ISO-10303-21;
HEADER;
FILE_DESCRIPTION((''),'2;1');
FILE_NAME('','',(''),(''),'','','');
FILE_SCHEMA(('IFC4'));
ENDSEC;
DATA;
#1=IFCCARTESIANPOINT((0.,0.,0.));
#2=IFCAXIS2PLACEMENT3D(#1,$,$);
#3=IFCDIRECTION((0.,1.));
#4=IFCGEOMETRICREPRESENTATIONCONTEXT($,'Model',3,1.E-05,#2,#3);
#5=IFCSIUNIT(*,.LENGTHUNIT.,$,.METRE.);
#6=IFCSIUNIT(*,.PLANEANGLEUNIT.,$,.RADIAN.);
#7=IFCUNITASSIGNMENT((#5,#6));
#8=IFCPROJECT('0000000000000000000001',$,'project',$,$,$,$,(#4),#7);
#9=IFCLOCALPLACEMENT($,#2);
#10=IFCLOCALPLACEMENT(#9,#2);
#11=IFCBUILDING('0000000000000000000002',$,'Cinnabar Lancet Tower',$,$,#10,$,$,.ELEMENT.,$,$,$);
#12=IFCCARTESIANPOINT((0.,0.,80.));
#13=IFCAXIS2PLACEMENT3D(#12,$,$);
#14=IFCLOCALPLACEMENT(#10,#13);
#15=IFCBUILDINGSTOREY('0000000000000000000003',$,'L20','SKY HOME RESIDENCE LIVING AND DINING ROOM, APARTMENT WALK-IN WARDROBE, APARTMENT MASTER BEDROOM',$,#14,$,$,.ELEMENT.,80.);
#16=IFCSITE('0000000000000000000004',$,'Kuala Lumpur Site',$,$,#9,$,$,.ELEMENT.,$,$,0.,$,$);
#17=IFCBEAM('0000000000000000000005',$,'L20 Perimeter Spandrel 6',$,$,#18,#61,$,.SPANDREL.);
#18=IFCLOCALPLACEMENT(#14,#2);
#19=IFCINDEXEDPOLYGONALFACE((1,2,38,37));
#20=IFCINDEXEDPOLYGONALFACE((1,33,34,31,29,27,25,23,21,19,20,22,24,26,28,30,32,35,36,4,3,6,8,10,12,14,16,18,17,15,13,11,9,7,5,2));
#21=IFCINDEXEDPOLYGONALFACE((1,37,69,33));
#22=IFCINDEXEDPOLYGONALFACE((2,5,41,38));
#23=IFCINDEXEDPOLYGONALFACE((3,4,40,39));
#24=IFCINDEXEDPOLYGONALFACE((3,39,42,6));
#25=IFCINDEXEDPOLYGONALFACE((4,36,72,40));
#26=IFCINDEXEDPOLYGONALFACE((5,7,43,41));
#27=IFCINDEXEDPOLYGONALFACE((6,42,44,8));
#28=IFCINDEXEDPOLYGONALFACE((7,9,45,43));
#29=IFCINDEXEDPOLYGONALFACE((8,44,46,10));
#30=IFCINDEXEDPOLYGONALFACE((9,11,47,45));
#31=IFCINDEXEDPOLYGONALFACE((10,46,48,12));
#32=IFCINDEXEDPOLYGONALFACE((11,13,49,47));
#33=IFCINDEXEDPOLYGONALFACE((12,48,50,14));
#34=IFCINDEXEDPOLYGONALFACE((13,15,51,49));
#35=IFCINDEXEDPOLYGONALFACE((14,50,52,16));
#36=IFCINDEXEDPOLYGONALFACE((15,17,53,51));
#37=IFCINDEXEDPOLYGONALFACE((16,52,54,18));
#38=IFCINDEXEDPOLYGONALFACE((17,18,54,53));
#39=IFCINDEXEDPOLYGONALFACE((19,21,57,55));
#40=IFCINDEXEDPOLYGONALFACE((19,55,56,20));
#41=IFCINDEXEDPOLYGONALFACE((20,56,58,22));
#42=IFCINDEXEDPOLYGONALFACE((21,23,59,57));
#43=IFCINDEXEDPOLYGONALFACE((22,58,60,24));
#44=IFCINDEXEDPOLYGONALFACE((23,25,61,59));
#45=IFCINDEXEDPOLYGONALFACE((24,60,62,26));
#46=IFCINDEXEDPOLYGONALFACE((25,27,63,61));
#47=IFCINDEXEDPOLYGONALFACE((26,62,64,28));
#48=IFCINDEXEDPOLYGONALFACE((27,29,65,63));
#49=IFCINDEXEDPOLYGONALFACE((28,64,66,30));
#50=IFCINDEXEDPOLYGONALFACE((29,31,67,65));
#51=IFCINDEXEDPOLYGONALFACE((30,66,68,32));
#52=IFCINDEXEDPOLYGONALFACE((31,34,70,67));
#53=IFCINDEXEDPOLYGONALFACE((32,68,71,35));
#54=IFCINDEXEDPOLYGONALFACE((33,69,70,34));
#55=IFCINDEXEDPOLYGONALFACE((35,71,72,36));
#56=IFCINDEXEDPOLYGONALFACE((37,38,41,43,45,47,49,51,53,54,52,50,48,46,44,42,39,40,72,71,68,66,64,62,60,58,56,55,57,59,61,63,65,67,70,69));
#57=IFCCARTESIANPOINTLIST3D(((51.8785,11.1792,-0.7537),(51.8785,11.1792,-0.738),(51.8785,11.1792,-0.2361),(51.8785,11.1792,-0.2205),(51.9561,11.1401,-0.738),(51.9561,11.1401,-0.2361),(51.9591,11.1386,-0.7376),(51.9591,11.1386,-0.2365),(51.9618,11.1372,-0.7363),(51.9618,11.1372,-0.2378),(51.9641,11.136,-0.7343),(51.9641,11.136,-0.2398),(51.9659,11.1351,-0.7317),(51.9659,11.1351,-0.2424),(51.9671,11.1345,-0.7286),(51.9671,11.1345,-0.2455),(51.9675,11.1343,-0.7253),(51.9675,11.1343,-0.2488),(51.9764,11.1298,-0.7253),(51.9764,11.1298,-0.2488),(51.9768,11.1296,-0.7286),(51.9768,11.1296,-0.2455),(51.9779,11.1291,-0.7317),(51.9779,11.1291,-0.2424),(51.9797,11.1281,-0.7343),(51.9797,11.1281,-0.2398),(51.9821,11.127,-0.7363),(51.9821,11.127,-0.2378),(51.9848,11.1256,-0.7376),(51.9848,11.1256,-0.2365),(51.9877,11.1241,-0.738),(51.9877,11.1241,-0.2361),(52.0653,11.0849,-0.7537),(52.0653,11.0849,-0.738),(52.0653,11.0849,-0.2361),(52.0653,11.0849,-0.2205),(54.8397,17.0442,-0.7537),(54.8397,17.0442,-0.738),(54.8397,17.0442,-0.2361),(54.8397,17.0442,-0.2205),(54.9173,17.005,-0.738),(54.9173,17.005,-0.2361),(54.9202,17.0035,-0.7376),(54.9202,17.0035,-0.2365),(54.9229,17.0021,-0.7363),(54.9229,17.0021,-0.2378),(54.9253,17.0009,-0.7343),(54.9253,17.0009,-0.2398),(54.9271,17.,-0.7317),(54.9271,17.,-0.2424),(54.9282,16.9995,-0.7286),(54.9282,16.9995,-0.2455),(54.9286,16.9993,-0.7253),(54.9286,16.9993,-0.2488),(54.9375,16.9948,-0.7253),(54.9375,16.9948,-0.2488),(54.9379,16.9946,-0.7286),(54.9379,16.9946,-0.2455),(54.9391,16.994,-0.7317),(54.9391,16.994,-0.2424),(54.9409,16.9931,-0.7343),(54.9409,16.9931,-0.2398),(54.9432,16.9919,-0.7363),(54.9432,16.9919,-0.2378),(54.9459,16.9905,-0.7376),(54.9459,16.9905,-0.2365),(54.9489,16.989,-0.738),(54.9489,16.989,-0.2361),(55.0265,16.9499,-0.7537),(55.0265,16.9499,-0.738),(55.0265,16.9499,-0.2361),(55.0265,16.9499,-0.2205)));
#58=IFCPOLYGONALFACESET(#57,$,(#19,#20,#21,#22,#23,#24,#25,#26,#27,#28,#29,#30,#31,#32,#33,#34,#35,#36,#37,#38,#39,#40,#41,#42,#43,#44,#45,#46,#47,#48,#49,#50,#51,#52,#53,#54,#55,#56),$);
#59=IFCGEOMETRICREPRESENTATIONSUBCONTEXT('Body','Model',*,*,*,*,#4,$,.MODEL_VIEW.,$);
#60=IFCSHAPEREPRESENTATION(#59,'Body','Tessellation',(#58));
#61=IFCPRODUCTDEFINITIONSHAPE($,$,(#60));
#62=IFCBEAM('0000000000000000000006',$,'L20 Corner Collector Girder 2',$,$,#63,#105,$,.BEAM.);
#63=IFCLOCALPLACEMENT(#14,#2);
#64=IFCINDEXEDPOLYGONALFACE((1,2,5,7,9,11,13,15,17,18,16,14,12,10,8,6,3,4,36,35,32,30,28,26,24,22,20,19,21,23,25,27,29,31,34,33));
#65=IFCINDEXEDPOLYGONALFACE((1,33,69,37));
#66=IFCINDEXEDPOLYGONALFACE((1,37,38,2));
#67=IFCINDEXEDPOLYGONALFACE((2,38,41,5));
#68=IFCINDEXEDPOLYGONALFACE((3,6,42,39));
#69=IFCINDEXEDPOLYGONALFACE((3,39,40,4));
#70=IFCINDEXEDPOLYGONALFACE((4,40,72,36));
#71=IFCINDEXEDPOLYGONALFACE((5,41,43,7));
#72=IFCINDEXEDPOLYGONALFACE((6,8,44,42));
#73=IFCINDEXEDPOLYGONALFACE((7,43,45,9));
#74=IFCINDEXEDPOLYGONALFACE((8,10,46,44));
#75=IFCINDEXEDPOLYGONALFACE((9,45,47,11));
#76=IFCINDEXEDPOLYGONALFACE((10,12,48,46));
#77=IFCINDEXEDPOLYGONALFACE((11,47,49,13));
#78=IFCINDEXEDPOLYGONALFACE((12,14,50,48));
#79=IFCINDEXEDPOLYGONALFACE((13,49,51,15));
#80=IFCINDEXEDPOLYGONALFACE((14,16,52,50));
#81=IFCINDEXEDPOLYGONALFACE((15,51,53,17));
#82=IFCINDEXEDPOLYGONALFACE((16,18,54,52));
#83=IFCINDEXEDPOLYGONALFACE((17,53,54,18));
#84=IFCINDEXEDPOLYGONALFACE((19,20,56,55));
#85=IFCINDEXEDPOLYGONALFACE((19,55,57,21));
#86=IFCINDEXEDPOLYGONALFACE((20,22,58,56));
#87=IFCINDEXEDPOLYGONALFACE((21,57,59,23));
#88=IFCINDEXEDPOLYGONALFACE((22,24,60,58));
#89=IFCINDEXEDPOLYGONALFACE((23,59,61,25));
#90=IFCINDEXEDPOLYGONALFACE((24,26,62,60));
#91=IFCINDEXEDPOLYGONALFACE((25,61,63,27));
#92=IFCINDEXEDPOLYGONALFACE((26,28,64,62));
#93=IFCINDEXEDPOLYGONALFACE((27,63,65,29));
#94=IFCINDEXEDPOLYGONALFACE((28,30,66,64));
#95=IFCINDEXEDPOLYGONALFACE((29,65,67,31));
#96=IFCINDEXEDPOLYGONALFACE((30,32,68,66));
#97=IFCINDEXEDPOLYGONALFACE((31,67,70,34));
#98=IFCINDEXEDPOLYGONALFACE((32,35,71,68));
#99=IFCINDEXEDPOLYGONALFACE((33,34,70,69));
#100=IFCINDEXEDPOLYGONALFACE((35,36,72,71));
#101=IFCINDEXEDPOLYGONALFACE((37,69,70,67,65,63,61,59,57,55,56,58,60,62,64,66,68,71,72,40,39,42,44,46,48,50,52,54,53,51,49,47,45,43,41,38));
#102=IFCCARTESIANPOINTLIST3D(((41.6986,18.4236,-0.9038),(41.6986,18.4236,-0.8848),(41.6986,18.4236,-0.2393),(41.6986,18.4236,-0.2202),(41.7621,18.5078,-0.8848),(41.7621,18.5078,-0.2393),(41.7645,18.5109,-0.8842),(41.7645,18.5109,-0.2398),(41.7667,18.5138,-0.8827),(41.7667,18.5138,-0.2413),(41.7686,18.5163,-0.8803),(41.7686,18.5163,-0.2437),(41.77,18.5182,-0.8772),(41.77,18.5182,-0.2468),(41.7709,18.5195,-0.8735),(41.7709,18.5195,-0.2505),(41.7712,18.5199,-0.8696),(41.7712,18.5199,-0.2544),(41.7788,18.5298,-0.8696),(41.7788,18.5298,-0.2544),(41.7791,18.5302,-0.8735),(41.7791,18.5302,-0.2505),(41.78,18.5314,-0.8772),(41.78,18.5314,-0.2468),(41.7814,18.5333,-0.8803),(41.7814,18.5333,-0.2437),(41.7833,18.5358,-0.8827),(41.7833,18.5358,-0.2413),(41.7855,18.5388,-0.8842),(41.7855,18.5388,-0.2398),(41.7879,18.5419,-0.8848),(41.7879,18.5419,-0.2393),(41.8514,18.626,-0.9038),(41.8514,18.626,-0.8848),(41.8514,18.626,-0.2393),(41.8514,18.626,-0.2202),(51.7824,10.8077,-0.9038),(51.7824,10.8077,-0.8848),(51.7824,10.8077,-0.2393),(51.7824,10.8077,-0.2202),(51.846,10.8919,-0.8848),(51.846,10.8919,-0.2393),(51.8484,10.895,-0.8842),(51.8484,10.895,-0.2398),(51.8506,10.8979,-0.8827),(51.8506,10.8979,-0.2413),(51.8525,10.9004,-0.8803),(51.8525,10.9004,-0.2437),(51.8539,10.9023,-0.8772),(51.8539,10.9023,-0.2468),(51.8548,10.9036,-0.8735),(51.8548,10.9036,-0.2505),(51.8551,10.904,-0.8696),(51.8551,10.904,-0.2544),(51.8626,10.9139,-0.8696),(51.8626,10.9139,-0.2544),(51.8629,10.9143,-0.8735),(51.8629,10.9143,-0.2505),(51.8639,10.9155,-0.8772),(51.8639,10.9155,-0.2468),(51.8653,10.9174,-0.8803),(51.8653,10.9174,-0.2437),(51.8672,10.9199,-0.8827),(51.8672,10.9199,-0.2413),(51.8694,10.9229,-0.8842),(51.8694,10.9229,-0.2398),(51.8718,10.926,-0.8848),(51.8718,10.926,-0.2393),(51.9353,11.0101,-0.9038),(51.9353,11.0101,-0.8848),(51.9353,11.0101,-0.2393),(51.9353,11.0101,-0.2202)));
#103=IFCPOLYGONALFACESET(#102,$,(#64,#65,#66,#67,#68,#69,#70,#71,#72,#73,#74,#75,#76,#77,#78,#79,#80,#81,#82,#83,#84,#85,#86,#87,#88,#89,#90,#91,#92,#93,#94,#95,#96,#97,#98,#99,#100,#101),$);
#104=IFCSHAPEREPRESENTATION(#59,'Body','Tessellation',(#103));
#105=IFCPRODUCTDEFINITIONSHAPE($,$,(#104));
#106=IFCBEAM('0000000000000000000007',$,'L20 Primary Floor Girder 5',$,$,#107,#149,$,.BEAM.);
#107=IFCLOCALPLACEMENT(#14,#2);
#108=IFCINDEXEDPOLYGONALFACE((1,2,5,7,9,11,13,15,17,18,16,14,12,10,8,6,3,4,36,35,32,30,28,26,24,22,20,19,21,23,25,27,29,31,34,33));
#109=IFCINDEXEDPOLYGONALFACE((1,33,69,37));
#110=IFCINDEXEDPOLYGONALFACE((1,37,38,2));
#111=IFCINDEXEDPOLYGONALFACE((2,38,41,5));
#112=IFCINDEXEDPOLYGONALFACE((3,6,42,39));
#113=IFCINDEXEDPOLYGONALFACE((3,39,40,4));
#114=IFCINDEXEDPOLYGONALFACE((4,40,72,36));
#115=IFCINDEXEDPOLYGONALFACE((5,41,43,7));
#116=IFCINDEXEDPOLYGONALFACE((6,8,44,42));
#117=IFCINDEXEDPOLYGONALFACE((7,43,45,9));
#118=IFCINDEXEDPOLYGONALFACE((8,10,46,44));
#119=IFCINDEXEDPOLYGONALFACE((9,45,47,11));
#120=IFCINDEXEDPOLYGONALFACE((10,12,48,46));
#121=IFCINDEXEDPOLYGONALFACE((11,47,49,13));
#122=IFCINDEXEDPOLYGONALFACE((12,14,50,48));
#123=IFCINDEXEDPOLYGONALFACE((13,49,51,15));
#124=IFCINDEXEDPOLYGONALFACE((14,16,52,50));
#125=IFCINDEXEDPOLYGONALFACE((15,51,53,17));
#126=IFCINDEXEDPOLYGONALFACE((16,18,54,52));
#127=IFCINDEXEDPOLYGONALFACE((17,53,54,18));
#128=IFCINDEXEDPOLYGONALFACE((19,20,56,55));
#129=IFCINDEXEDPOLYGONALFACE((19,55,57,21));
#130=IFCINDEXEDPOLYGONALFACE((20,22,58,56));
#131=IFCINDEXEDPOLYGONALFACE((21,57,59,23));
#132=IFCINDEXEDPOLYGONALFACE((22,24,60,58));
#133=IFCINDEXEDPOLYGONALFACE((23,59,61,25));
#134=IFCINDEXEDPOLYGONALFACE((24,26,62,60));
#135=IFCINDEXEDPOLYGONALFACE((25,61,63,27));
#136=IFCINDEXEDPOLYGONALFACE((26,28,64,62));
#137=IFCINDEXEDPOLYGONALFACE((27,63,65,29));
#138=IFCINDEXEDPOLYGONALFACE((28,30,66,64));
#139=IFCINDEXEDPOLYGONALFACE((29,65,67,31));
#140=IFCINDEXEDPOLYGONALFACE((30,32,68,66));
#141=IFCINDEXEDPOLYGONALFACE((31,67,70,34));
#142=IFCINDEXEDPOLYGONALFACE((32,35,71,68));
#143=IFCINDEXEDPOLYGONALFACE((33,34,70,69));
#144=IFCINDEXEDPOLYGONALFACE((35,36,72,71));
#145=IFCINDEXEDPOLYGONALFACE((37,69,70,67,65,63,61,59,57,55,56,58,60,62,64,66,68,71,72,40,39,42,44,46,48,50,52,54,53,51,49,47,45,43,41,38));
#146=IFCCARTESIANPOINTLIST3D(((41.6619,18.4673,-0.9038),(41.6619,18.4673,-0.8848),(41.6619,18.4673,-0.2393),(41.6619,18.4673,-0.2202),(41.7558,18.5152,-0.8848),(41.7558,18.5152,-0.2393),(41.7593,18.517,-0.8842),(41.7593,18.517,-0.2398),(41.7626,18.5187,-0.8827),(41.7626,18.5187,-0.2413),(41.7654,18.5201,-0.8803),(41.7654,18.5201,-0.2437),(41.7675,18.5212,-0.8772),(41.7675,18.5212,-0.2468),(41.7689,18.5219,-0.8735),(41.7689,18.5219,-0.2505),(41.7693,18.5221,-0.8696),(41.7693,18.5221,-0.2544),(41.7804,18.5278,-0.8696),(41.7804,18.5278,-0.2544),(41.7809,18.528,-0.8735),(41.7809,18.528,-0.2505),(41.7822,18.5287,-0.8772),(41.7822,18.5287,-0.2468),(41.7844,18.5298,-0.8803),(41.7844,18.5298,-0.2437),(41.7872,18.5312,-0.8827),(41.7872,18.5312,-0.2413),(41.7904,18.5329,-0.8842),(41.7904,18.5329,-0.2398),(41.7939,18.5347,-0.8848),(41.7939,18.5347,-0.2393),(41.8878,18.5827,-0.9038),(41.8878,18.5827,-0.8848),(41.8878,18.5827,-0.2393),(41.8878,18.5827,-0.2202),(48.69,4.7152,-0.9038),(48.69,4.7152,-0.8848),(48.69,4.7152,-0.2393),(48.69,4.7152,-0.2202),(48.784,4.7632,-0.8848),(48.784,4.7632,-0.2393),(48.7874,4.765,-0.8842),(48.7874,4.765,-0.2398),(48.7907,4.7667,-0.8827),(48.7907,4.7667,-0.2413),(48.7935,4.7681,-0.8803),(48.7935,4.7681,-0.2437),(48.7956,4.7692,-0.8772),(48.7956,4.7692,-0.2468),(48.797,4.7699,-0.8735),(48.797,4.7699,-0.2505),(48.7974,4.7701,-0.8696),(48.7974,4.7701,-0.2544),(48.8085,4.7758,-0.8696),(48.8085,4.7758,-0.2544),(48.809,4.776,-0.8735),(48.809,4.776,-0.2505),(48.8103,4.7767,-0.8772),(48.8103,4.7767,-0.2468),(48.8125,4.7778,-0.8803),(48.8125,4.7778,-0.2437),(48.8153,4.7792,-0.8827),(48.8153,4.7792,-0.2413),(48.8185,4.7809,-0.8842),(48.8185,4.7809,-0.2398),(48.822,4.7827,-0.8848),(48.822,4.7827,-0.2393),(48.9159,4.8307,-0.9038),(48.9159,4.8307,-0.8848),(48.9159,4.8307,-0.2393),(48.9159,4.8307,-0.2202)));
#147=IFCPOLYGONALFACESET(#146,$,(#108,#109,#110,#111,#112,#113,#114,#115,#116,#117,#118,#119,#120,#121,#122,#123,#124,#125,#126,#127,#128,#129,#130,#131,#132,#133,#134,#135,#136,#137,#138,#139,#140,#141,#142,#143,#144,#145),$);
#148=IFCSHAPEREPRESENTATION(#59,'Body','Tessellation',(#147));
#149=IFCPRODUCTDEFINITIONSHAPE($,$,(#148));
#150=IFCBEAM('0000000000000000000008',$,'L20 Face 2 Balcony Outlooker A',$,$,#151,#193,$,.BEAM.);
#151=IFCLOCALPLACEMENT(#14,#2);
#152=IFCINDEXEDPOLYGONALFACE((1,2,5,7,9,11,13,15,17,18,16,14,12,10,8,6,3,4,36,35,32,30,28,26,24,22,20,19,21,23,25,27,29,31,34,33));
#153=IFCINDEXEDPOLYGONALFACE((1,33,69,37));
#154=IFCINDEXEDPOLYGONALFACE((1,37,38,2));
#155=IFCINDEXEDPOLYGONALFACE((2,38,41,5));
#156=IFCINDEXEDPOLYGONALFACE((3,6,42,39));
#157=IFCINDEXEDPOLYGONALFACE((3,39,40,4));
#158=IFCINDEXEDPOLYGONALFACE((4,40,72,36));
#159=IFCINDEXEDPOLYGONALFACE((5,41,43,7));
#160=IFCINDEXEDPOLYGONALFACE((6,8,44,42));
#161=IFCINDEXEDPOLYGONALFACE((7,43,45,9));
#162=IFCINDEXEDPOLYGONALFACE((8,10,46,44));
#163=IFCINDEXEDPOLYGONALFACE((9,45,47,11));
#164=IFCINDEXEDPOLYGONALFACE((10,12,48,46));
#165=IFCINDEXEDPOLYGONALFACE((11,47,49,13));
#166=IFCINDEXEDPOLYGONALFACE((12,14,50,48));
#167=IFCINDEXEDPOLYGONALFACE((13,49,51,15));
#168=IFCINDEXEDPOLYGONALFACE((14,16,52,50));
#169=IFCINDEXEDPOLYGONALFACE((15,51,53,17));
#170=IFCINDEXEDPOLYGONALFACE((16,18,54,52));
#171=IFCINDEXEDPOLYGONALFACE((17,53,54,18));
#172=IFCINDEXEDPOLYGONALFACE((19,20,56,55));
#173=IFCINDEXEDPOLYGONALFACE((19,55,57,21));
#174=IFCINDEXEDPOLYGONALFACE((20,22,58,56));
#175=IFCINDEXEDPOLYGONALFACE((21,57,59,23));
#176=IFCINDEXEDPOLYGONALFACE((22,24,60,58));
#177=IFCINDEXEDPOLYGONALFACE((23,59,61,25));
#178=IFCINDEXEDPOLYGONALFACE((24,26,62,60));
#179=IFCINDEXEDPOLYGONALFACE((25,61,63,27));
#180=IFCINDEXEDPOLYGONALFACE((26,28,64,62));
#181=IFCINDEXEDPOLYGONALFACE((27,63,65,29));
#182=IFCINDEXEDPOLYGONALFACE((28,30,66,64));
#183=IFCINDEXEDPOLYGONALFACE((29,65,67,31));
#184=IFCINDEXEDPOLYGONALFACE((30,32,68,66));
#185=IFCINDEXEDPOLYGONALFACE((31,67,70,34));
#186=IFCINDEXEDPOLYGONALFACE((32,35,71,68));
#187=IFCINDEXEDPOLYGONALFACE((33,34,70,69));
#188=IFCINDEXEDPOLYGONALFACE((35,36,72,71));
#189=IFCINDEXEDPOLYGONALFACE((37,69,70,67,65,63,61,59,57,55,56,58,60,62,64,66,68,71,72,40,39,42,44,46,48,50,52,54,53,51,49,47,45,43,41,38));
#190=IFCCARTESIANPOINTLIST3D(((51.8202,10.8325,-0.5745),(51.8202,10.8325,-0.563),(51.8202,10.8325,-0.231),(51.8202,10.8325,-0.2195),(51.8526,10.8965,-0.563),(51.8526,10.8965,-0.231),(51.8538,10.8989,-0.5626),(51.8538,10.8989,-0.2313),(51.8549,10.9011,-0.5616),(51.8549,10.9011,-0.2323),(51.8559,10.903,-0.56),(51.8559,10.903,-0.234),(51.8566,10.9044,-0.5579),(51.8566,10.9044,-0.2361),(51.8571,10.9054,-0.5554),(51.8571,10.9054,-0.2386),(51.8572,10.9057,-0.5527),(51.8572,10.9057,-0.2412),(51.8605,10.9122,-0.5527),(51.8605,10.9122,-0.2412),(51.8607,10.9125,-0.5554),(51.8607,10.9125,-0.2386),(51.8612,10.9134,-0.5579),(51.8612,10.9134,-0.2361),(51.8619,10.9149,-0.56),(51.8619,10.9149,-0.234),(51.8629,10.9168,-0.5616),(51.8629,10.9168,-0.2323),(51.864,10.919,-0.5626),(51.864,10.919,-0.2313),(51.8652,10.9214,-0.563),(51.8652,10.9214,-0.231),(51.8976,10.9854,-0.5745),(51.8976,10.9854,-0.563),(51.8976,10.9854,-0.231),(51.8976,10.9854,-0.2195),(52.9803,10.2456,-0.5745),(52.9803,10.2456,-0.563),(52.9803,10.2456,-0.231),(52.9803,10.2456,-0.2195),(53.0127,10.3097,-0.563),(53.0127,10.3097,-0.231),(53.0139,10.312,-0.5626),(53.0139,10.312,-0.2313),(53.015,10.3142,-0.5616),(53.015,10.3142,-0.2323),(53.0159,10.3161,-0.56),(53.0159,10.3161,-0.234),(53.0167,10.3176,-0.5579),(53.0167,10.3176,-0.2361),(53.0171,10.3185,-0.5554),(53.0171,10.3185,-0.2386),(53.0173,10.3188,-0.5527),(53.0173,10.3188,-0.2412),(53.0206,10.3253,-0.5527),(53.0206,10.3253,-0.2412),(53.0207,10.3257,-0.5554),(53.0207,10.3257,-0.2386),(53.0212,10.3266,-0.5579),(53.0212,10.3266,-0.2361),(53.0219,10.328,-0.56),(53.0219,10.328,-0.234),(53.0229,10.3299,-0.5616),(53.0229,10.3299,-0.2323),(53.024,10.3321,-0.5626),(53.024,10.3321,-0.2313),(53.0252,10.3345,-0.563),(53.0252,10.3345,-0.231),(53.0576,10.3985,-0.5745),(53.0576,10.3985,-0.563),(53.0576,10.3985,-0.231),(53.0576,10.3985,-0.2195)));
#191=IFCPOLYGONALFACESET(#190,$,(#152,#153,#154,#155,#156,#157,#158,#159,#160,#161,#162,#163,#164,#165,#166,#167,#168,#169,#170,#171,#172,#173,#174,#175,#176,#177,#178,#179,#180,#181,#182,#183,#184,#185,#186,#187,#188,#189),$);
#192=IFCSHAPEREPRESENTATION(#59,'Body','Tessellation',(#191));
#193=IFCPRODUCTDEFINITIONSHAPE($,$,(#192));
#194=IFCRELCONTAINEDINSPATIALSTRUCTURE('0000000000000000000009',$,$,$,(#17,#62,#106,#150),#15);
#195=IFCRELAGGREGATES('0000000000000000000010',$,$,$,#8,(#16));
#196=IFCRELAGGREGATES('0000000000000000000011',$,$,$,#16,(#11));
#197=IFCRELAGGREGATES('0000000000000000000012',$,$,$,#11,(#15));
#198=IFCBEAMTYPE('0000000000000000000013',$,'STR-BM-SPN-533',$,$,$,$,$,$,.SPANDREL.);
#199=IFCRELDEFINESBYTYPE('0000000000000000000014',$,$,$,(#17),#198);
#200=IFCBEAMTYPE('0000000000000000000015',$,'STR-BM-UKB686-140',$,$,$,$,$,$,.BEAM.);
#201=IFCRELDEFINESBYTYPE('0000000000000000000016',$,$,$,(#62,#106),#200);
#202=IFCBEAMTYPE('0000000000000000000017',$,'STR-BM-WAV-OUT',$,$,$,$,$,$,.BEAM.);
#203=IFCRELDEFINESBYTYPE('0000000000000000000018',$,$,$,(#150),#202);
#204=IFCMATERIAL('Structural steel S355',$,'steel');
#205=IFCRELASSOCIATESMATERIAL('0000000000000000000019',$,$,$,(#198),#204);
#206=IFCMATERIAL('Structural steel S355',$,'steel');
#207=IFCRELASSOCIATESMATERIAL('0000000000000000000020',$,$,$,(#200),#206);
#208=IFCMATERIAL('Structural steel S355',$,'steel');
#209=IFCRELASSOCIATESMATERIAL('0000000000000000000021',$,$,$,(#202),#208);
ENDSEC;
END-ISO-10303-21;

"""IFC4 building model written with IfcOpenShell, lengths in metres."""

from ifc_helpers import new_model, si_unit, direction, frame, origin, origin_2d, place, context, subcontext, project, spatial, i_section, extrude, material, material_profile, profile_set, type_object, element, save


model = new_model("IFC4")

# Units and contexts
model_context = context("Model", 3, precision=1e-05, world=origin(), true_north=direction((0.0, 1.0)))
body_context = subcontext(model_context, "Body", "Model", "MODEL_VIEW")
ifc_project = project(units=[si_unit("LENGTHUNIT", "METRE"), si_unit("PLANEANGLEUNIT", "RADIAN")], contexts=[model_context])

# Site, building, storey
site_placement = place(None, origin())
site = spatial("IfcSite", under=ifc_project, at=site_placement, Name="Kuala Lumpur Site", CompositionType="ELEMENT", RefElevation=0.0)
building_placement = place(site_placement, origin())
building = spatial("IfcBuilding", under=site, at=building_placement, Name="Cinnabar Lancet Tower", CompositionType="ELEMENT")
storey_placement = place(building_placement, frame((0.0, 0.0, 80.0)))
storey = spatial("IfcBuildingStorey", under=building, at=storey_placement, Name="L20", Description="SKY HOME RESIDENCE LIVING AND DINING ROOM, APARTMENT WALK-IN WARDROBE, APARTMENT MASTER BEDROOM", CompositionType="ELEMENT", Elevation=80.0)

# Beams
ifc_material_1 = material(Name="Structural steel S355", Category="steel")
ifc_material_profile_1 = material_profile(ifc_material_1, i_section(OverallWidth=0.2092, OverallDepth=0.5332, WebThickness=0.01, FlangeThickness=0.0156, FilletRadius=0.0127, at=origin_2d()), Name="UKB 533x210x92")
ifc_profile_set_1 = profile_set([ifc_material_profile_1], Name="Structural steel S355")
beam_type_1 = type_object("IfcBeamType", Name="STR-BM-SPN-533", PredefinedType="SPANDREL", material=ifc_profile_set_1)
beam_1_placement = place(storey_placement, frame((51.9719, 11.1321, -0.4871), z_axis=(0.450703, 0.892674, 0.0), x_axis=(-0.892674, 0.450703, 0.0)))
element("IfcBeam", 1, at=beam_1_placement, inside=storey, type_object=beam_type_1, Name="L20 Perimeter Spandrel 6", PredefinedType="SPANDREL", context=body_context, shape_type="SweptSolid", body=[
    extrude(i_section(OverallWidth=0.2092, OverallDepth=0.5332, WebThickness=0.01, FlangeThickness=0.0156, FilletRadius=0.0127, at=origin_2d()), origin(), (0.0, 0.0, 1.0), 6.5701),
])
ifc_material_2 = material(Name="Structural steel S355", Category="steel")
ifc_material_profile_2 = material_profile(ifc_material_2, i_section(OverallWidth=0.2537, OverallDepth=0.6836, WebThickness=0.0125, FlangeThickness=0.019, FilletRadius=0.0151, at=origin_2d()), Name="UKB 686x254x140")
ifc_profile_set_2 = profile_set([ifc_material_profile_2], Name="Structural steel S355")
beam_type_2 = type_object("IfcBeamType", Name="STR-BM-UKB686-140", PredefinedType="BEAM", material=ifc_profile_set_2)
beam_2_placement = place(storey_placement, frame((51.8589, 10.9089, -0.562), z_axis=(-0.797983, 0.60268, 0.0), x_axis=(-0.60268, -0.797983, 0.0)))
element("IfcBeam", 2, at=beam_2_placement, inside=storey, type_object=beam_type_2, Name="L20 Corner Collector Girder 2", PredefinedType="BEAM", context=body_context, shape_type="SweptSolid", body=[
    extrude(i_section(OverallWidth=0.2537, OverallDepth=0.6836, WebThickness=0.0125, FlangeThickness=0.019, FilletRadius=0.0151, at=origin_2d()), origin(), (0.0, 0.0, 1.0), 12.6367),
])
beam_3_placement = place(storey_placement, frame((48.803, 4.7729, -0.562), z_axis=(-0.455075, 0.890453, 0.0), x_axis=(-0.890453, -0.455075, 0.0)))
element("IfcBeam", 3, at=beam_3_placement, inside=storey, type_object=beam_type_2, Name="L20 Primary Floor Girder 5", PredefinedType="BEAM", context=body_context, shape_type="SweptSolid", body=[
    extrude(i_section(OverallWidth=0.2537, OverallDepth=0.6836, WebThickness=0.0125, FlangeThickness=0.019, FilletRadius=0.0151, at=origin_2d()), origin(), (0.0, 0.0, 1.0), 15.4438),
])
ifc_material_3 = material(Name="Structural steel S355", Category="steel")
ifc_material_profile_3 = material_profile(ifc_material_3, i_section(OverallWidth=0.1714, OverallDepth=0.355, WebThickness=0.0073, FlangeThickness=0.0115, FilletRadius=0.0103, at=origin_2d()), Name="UKB 356x171x51")
ifc_profile_set_3 = profile_set([ifc_material_profile_3], Name="Structural steel S355")
beam_type_3 = type_object("IfcBeamType", Name="STR-BM-WAV-OUT", PredefinedType="BEAM", material=ifc_profile_set_3)
beam_4_placement = place(storey_placement, frame((51.8589, 10.9089, -0.397), z_axis=(0.892314, -0.451415, 0.0), x_axis=(0.451415, 0.892314, 0.0)))
element("IfcBeam", 4, at=beam_4_placement, inside=storey, type_object=beam_type_3, Name="L20 Face 2 Balcony Outlooker A", PredefinedType="BEAM", context=body_context, shape_type="SweptSolid", body=[
    extrude(i_section(OverallWidth=0.1714, OverallDepth=0.355, WebThickness=0.0073, FlangeThickness=0.0115, FilletRadius=0.0103, at=origin_2d()), origin(), (0.0, 0.0, 1.0), 1.3),
])

save(model, "model.ifc")
